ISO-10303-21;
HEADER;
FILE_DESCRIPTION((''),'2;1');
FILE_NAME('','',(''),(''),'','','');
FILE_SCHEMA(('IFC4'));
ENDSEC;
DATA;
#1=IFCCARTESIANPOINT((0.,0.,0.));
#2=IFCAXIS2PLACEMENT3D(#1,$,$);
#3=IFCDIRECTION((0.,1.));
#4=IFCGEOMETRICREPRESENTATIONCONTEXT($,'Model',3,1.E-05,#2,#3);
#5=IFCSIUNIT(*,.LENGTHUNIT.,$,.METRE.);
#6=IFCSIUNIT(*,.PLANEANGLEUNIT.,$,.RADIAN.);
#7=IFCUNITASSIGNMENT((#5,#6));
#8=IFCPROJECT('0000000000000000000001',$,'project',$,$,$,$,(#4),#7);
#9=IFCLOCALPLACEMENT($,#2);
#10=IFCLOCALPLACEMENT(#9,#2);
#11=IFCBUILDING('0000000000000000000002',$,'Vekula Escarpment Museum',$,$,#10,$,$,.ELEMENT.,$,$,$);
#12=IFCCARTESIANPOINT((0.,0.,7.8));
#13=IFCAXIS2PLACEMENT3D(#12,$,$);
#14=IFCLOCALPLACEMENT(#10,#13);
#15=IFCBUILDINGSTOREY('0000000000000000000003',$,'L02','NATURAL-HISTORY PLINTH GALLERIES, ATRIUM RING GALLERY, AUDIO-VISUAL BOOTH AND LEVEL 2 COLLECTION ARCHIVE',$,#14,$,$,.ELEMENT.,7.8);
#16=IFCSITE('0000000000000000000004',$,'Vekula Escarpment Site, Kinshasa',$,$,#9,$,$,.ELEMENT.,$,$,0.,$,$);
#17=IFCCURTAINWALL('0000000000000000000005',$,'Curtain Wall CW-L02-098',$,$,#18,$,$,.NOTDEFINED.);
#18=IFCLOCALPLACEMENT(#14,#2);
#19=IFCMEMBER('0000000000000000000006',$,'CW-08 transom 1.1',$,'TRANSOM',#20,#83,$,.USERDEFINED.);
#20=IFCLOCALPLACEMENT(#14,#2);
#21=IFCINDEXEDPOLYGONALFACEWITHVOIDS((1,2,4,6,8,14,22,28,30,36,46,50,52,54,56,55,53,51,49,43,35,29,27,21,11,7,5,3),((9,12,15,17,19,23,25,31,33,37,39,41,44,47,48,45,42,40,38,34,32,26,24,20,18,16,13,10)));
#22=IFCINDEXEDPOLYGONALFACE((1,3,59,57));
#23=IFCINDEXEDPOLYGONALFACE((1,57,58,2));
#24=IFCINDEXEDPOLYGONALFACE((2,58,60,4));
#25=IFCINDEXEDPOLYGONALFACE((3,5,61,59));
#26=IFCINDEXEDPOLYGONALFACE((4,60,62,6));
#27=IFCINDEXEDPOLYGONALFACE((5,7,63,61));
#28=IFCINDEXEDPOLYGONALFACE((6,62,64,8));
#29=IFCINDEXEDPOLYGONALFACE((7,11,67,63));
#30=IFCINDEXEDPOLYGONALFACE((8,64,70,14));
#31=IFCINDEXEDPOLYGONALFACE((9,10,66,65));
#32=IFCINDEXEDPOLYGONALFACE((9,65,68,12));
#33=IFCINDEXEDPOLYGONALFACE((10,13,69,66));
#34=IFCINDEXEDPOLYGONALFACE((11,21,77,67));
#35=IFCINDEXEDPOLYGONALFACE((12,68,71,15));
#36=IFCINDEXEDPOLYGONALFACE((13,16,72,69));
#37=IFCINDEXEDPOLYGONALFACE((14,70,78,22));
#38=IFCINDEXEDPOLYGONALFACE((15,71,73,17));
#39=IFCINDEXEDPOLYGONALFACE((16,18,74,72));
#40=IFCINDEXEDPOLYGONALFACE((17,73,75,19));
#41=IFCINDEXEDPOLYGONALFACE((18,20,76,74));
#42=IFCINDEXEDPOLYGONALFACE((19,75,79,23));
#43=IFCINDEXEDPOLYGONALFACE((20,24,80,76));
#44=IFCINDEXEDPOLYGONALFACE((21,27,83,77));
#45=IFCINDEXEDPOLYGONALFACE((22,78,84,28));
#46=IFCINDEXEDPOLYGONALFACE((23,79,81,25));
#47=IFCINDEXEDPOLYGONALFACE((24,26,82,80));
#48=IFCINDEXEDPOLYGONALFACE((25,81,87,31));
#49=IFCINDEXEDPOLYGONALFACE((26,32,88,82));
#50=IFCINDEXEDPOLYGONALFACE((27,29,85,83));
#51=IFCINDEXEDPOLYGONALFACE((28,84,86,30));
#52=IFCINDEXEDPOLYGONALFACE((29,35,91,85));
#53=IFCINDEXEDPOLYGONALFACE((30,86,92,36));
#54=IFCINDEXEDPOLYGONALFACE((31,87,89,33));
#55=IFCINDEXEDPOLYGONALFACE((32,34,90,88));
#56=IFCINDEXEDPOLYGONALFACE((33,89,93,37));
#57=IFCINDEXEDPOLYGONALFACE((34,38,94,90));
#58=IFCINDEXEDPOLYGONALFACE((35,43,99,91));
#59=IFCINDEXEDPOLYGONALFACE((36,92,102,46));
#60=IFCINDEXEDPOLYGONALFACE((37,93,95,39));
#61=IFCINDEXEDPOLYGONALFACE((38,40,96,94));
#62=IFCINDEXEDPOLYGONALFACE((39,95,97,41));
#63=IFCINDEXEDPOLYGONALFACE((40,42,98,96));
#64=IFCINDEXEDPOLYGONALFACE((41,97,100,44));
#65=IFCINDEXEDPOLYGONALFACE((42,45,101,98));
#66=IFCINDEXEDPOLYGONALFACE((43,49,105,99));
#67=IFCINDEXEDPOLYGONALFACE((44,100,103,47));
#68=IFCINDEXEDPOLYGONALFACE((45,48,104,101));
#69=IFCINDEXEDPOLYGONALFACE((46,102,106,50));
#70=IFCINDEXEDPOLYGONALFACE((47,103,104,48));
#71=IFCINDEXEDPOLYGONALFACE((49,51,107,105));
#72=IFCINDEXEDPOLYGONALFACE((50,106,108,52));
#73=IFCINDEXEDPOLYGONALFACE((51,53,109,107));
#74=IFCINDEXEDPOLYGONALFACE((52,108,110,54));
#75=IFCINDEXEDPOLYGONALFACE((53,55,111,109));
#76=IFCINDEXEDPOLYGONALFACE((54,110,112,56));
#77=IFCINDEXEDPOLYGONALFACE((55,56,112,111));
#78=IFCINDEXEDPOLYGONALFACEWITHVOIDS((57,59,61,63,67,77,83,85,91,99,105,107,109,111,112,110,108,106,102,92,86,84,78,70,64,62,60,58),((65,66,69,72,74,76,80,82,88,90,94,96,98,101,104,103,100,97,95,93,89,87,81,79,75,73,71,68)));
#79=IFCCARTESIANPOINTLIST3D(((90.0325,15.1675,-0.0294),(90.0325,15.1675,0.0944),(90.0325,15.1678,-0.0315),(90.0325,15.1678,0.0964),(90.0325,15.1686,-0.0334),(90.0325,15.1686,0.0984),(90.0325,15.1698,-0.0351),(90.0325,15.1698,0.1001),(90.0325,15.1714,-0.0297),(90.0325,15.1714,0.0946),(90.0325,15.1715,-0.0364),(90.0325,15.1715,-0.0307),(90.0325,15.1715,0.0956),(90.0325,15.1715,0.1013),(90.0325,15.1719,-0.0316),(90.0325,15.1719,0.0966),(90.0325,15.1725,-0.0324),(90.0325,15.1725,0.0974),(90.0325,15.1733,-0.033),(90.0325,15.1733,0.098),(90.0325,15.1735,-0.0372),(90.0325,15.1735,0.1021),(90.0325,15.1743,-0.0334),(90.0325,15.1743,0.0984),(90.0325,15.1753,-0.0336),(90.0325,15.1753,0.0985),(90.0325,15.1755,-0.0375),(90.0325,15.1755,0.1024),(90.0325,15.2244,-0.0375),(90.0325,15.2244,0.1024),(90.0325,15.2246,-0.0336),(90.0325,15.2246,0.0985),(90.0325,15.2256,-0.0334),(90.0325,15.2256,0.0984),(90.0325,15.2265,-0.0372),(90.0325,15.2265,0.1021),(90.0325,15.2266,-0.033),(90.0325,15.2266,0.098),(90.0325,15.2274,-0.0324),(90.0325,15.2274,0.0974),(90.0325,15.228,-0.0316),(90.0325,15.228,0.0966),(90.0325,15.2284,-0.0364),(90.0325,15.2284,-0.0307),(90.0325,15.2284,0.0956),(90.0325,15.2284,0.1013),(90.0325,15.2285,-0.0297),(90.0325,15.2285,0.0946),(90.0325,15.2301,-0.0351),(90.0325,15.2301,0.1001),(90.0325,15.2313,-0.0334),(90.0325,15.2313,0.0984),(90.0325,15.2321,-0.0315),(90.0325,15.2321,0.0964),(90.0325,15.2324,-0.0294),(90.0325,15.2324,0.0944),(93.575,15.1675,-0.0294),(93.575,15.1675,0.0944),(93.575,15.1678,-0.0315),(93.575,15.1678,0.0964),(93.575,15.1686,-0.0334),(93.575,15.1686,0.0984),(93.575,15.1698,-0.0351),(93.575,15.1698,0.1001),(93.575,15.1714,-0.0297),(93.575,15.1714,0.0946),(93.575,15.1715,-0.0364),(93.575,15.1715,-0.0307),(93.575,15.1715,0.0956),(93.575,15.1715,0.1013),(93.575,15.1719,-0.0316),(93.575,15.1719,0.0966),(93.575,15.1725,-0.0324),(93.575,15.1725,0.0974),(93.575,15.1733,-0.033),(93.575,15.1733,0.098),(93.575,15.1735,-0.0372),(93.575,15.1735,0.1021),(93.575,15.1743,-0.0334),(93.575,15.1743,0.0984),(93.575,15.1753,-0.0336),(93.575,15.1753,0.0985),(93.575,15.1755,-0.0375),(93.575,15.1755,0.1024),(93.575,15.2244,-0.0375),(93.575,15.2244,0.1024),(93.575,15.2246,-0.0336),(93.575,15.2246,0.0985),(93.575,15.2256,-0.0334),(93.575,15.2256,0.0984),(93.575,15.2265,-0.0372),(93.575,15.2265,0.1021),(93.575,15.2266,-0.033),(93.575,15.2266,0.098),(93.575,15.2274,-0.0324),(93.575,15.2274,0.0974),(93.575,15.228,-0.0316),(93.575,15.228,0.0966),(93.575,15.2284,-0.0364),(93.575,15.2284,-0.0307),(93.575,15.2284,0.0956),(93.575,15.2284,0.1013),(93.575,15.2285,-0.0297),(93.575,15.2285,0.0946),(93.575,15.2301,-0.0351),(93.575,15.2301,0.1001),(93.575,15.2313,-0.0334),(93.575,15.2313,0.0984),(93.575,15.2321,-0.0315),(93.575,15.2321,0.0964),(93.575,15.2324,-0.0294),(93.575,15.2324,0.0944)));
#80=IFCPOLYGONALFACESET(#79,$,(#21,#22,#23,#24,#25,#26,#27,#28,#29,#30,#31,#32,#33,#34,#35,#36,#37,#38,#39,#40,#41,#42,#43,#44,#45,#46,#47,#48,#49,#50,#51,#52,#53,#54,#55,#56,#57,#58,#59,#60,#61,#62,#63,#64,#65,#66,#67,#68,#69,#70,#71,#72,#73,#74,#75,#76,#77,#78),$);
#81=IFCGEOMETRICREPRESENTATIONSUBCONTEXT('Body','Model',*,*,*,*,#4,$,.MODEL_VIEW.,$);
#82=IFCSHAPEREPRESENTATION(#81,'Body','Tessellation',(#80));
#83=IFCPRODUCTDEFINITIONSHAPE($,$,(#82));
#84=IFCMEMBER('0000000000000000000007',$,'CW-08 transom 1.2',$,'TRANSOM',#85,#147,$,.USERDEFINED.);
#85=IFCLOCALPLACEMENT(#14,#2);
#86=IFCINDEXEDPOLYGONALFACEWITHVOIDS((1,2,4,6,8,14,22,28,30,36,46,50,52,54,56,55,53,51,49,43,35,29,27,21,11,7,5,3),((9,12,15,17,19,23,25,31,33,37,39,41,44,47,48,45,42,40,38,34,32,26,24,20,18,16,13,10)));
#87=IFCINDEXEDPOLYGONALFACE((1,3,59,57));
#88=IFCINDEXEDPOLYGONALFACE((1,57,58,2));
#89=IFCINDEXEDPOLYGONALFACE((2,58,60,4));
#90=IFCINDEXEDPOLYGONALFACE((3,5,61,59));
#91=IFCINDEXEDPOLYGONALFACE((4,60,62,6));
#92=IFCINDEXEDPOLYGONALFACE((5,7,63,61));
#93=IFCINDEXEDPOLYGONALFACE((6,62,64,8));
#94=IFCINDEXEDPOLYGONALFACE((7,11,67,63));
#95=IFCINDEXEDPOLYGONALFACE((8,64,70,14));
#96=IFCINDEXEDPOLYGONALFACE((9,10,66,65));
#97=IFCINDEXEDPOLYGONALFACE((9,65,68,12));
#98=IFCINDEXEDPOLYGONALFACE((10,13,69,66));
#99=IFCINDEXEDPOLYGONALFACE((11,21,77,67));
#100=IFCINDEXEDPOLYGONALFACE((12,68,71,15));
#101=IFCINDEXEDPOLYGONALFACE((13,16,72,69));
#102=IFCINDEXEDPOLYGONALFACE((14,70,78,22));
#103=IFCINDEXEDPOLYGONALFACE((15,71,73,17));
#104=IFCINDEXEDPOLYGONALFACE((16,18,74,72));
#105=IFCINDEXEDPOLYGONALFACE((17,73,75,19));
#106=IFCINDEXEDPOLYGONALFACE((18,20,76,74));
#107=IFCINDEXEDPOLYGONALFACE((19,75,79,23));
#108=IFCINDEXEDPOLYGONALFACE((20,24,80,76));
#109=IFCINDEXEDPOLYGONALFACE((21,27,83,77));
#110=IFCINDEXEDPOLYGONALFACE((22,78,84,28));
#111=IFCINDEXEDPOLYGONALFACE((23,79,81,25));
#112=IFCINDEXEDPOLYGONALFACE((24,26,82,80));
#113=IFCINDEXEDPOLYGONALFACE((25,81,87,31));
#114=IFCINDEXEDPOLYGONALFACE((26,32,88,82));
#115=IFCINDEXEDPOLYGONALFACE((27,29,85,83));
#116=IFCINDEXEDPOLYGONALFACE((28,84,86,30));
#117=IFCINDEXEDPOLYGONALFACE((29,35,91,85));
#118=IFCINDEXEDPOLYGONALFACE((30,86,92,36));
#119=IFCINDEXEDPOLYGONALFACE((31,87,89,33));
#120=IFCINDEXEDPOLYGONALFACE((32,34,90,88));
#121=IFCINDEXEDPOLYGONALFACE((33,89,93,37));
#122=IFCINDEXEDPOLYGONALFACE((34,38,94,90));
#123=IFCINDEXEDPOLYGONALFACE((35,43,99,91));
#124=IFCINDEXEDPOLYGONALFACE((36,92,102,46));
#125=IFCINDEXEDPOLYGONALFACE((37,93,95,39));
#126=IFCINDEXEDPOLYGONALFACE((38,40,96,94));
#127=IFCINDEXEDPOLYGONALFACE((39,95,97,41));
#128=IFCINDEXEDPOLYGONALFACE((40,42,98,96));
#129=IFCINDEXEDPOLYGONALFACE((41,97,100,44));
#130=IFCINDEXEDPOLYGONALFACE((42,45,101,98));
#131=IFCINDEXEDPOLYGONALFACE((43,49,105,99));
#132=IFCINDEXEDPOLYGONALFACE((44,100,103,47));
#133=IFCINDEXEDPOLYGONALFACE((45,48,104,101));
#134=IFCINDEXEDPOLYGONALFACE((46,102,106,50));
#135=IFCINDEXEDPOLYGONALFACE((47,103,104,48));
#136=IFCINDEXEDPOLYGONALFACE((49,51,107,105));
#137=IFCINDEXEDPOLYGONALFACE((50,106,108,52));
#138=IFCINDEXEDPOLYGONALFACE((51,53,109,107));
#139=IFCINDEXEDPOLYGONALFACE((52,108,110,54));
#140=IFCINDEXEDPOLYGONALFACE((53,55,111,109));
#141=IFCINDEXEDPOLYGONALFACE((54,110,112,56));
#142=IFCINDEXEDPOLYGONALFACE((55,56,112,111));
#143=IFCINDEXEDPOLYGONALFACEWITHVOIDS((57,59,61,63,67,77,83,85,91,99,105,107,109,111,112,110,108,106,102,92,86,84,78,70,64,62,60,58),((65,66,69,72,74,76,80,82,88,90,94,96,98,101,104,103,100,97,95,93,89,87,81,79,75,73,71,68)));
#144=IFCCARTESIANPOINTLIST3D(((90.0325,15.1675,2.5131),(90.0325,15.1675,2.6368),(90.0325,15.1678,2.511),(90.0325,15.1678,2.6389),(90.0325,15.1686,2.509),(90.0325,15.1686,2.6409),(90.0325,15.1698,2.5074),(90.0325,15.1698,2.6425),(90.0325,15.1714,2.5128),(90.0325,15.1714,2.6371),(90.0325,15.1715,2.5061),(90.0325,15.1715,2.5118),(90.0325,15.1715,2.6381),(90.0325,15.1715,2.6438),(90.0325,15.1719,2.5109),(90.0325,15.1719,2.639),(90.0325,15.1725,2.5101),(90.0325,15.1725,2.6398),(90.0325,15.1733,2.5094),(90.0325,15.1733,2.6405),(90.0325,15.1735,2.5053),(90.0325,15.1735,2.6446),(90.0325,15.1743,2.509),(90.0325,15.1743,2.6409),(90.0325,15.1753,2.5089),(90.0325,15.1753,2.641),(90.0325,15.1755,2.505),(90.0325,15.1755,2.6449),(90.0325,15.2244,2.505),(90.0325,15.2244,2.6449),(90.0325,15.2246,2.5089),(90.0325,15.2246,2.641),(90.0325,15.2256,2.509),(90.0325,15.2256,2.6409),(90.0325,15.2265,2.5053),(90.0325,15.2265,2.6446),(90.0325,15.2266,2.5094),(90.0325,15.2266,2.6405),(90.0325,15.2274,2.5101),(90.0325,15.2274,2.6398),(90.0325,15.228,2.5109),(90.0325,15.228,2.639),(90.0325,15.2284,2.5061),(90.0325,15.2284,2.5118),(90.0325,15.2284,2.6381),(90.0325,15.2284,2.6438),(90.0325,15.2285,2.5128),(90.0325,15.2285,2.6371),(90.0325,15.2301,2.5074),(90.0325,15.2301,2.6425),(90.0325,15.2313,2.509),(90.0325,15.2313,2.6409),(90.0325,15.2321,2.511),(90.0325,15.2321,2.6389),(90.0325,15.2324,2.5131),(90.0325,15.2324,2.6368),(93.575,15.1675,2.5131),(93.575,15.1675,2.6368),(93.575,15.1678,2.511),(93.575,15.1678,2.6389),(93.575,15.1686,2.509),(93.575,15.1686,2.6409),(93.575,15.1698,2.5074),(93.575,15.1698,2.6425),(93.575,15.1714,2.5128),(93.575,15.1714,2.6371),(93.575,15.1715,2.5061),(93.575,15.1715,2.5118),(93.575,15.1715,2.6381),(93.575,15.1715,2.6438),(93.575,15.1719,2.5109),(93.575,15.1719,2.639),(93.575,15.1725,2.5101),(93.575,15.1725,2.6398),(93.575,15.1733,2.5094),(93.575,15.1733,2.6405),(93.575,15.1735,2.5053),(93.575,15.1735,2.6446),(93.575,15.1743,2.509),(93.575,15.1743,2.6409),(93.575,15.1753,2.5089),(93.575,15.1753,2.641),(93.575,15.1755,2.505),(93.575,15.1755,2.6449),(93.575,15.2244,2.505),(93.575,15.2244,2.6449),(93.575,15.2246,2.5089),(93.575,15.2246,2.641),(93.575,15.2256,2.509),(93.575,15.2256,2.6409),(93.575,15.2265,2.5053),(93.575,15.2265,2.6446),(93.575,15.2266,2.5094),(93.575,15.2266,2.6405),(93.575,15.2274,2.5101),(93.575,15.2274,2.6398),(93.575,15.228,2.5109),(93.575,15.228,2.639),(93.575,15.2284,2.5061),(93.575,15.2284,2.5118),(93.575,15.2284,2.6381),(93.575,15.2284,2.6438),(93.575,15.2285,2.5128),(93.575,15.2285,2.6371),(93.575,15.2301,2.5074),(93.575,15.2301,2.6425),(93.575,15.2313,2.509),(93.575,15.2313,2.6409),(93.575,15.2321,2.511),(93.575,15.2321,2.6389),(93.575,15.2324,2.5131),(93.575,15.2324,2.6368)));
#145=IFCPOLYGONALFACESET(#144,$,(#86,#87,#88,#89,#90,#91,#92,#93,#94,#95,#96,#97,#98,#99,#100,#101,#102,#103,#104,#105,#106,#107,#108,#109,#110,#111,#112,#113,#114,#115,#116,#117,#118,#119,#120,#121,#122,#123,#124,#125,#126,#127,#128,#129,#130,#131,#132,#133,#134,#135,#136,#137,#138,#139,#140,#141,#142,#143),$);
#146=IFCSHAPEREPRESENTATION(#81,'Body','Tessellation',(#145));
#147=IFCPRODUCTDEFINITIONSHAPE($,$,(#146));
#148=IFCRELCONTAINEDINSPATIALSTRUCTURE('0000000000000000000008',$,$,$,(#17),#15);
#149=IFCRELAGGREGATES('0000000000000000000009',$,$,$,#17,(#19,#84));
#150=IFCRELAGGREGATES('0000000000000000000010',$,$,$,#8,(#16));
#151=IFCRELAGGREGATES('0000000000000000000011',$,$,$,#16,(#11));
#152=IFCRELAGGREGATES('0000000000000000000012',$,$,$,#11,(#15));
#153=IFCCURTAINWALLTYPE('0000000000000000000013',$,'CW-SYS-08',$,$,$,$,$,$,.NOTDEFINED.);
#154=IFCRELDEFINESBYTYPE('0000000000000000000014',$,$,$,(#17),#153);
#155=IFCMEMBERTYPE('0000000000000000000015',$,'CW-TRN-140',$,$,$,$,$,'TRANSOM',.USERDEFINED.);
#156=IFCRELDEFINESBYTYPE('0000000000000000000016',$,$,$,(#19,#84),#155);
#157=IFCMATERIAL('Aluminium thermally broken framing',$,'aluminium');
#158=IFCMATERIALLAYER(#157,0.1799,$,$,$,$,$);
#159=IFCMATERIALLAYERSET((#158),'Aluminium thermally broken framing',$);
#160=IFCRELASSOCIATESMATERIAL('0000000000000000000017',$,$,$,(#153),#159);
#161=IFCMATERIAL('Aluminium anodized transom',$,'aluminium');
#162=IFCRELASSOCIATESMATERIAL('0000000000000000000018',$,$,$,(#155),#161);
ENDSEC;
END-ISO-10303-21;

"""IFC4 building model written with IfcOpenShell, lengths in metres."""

from ifc_helpers import new_model, si_unit, direction, frame, origin, origin_2d, place, context, subcontext, project, spatial, hollow_rectangle, extrude, material, layer, layer_set, material_profile, profile_set, type_object, element, aggregate, save


model = new_model("IFC4")

# Units and contexts
model_context = context("Model", 3, precision=1e-05, world=origin(), true_north=direction((0.0, 1.0)))
body_context = subcontext(model_context, "Body", "Model", "MODEL_VIEW")
ifc_project = project(units=[si_unit("LENGTHUNIT", "METRE"), si_unit("PLANEANGLEUNIT", "RADIAN")], contexts=[model_context])

# Site, building, storey
site_placement = place(None, origin())
site = spatial("IfcSite", under=ifc_project, at=site_placement, Name="Vekula Escarpment Site, Kinshasa", CompositionType="ELEMENT", RefElevation=0.0)
building_placement = place(site_placement, origin())
building = spatial("IfcBuilding", under=site, at=building_placement, Name="Vekula Escarpment Museum", CompositionType="ELEMENT")
storey_placement = place(building_placement, frame((0.0, 0.0, 7.8)))
storey = spatial("IfcBuildingStorey", under=building, at=storey_placement, Name="L02", Description="NATURAL-HISTORY PLINTH GALLERIES, ATRIUM RING GALLERY, AUDIO-VISUAL BOOTH AND LEVEL 2 COLLECTION ARCHIVE", CompositionType="ELEMENT", Elevation=7.8)

# Curtain wall
ifc_material_1 = material(Name="Aluminium thermally broken framing", Category="aluminium")
ifc_layer_1 = layer(ifc_material_1, 0.1799)
ifc_layer_set_1 = layer_set([ifc_layer_1], Name="Aluminium thermally broken framing")
curtain_wall_type_1 = type_object("IfcCurtainWallType", Name="CW-SYS-08", PredefinedType="NOTDEFINED", material=ifc_layer_set_1)
curtain_wall_1_placement = place(storey_placement, origin())
curtain_wall_1 = element("IfcCurtainWall", 1, at=curtain_wall_1_placement, inside=storey, type_object=curtain_wall_type_1, Name="Curtain Wall CW-L02-098", PredefinedType="NOTDEFINED")

# Members
ifc_material_2 = material(Name="Aluminium anodized transom", Category="aluminium")
ifc_material_profile_1 = material_profile(ifc_material_2, hollow_rectangle(XDim=0.0649, YDim=0.1399, WallThickness=0.0039, InnerFilletRadius=0.0039, OuterFilletRadius=0.0081, at=origin_2d()), Name="ALU 140x65x4")
ifc_profile_set_1 = profile_set([ifc_material_profile_1], Name="Aluminium anodized transom")
member_type_1 = type_object("IfcMemberType", Name="CW-TRN-140", ElementType="TRANSOM", PredefinedType="USERDEFINED", material=ifc_profile_set_1)
member_1_placement = place(storey_placement, frame((93.575, 15.2, 0.0325), z_axis=(-1.0, 0.0, 0.0), x_axis=(0.0, -1.0, 0.0)))
member_1 = element("IfcMember", 2, at=member_1_placement, type_object=member_type_1, Name="CW-08 transom 1.1", ObjectType="TRANSOM", PredefinedType="USERDEFINED", context=body_context, shape_type="SweptSolid", body=[
    extrude(hollow_rectangle(XDim=0.0649, YDim=0.1399, WallThickness=0.0039, InnerFilletRadius=0.0039, OuterFilletRadius=0.0081, at=origin_2d()), origin(), (0.0, 0.0, 1.0), 3.5425),
])
member_2_placement = place(storey_placement, frame((93.575, 15.2, 2.575), z_axis=(-1.0, 0.0, 0.0), x_axis=(0.0, -1.0, 0.0)))
member_2 = element("IfcMember", 3, at=member_2_placement, type_object=member_type_1, Name="CW-08 transom 1.2", ObjectType="TRANSOM", PredefinedType="USERDEFINED", context=body_context, shape_type="SweptSolid", body=[
    extrude(hollow_rectangle(XDim=0.0649, YDim=0.1399, WallThickness=0.0039, InnerFilletRadius=0.0039, OuterFilletRadius=0.0081, at=origin_2d()), origin(), (0.0, 0.0, 1.0), 3.5425),
])

aggregate(curtain_wall_1, [member_1, member_2])

save(model, "model.ifc")
